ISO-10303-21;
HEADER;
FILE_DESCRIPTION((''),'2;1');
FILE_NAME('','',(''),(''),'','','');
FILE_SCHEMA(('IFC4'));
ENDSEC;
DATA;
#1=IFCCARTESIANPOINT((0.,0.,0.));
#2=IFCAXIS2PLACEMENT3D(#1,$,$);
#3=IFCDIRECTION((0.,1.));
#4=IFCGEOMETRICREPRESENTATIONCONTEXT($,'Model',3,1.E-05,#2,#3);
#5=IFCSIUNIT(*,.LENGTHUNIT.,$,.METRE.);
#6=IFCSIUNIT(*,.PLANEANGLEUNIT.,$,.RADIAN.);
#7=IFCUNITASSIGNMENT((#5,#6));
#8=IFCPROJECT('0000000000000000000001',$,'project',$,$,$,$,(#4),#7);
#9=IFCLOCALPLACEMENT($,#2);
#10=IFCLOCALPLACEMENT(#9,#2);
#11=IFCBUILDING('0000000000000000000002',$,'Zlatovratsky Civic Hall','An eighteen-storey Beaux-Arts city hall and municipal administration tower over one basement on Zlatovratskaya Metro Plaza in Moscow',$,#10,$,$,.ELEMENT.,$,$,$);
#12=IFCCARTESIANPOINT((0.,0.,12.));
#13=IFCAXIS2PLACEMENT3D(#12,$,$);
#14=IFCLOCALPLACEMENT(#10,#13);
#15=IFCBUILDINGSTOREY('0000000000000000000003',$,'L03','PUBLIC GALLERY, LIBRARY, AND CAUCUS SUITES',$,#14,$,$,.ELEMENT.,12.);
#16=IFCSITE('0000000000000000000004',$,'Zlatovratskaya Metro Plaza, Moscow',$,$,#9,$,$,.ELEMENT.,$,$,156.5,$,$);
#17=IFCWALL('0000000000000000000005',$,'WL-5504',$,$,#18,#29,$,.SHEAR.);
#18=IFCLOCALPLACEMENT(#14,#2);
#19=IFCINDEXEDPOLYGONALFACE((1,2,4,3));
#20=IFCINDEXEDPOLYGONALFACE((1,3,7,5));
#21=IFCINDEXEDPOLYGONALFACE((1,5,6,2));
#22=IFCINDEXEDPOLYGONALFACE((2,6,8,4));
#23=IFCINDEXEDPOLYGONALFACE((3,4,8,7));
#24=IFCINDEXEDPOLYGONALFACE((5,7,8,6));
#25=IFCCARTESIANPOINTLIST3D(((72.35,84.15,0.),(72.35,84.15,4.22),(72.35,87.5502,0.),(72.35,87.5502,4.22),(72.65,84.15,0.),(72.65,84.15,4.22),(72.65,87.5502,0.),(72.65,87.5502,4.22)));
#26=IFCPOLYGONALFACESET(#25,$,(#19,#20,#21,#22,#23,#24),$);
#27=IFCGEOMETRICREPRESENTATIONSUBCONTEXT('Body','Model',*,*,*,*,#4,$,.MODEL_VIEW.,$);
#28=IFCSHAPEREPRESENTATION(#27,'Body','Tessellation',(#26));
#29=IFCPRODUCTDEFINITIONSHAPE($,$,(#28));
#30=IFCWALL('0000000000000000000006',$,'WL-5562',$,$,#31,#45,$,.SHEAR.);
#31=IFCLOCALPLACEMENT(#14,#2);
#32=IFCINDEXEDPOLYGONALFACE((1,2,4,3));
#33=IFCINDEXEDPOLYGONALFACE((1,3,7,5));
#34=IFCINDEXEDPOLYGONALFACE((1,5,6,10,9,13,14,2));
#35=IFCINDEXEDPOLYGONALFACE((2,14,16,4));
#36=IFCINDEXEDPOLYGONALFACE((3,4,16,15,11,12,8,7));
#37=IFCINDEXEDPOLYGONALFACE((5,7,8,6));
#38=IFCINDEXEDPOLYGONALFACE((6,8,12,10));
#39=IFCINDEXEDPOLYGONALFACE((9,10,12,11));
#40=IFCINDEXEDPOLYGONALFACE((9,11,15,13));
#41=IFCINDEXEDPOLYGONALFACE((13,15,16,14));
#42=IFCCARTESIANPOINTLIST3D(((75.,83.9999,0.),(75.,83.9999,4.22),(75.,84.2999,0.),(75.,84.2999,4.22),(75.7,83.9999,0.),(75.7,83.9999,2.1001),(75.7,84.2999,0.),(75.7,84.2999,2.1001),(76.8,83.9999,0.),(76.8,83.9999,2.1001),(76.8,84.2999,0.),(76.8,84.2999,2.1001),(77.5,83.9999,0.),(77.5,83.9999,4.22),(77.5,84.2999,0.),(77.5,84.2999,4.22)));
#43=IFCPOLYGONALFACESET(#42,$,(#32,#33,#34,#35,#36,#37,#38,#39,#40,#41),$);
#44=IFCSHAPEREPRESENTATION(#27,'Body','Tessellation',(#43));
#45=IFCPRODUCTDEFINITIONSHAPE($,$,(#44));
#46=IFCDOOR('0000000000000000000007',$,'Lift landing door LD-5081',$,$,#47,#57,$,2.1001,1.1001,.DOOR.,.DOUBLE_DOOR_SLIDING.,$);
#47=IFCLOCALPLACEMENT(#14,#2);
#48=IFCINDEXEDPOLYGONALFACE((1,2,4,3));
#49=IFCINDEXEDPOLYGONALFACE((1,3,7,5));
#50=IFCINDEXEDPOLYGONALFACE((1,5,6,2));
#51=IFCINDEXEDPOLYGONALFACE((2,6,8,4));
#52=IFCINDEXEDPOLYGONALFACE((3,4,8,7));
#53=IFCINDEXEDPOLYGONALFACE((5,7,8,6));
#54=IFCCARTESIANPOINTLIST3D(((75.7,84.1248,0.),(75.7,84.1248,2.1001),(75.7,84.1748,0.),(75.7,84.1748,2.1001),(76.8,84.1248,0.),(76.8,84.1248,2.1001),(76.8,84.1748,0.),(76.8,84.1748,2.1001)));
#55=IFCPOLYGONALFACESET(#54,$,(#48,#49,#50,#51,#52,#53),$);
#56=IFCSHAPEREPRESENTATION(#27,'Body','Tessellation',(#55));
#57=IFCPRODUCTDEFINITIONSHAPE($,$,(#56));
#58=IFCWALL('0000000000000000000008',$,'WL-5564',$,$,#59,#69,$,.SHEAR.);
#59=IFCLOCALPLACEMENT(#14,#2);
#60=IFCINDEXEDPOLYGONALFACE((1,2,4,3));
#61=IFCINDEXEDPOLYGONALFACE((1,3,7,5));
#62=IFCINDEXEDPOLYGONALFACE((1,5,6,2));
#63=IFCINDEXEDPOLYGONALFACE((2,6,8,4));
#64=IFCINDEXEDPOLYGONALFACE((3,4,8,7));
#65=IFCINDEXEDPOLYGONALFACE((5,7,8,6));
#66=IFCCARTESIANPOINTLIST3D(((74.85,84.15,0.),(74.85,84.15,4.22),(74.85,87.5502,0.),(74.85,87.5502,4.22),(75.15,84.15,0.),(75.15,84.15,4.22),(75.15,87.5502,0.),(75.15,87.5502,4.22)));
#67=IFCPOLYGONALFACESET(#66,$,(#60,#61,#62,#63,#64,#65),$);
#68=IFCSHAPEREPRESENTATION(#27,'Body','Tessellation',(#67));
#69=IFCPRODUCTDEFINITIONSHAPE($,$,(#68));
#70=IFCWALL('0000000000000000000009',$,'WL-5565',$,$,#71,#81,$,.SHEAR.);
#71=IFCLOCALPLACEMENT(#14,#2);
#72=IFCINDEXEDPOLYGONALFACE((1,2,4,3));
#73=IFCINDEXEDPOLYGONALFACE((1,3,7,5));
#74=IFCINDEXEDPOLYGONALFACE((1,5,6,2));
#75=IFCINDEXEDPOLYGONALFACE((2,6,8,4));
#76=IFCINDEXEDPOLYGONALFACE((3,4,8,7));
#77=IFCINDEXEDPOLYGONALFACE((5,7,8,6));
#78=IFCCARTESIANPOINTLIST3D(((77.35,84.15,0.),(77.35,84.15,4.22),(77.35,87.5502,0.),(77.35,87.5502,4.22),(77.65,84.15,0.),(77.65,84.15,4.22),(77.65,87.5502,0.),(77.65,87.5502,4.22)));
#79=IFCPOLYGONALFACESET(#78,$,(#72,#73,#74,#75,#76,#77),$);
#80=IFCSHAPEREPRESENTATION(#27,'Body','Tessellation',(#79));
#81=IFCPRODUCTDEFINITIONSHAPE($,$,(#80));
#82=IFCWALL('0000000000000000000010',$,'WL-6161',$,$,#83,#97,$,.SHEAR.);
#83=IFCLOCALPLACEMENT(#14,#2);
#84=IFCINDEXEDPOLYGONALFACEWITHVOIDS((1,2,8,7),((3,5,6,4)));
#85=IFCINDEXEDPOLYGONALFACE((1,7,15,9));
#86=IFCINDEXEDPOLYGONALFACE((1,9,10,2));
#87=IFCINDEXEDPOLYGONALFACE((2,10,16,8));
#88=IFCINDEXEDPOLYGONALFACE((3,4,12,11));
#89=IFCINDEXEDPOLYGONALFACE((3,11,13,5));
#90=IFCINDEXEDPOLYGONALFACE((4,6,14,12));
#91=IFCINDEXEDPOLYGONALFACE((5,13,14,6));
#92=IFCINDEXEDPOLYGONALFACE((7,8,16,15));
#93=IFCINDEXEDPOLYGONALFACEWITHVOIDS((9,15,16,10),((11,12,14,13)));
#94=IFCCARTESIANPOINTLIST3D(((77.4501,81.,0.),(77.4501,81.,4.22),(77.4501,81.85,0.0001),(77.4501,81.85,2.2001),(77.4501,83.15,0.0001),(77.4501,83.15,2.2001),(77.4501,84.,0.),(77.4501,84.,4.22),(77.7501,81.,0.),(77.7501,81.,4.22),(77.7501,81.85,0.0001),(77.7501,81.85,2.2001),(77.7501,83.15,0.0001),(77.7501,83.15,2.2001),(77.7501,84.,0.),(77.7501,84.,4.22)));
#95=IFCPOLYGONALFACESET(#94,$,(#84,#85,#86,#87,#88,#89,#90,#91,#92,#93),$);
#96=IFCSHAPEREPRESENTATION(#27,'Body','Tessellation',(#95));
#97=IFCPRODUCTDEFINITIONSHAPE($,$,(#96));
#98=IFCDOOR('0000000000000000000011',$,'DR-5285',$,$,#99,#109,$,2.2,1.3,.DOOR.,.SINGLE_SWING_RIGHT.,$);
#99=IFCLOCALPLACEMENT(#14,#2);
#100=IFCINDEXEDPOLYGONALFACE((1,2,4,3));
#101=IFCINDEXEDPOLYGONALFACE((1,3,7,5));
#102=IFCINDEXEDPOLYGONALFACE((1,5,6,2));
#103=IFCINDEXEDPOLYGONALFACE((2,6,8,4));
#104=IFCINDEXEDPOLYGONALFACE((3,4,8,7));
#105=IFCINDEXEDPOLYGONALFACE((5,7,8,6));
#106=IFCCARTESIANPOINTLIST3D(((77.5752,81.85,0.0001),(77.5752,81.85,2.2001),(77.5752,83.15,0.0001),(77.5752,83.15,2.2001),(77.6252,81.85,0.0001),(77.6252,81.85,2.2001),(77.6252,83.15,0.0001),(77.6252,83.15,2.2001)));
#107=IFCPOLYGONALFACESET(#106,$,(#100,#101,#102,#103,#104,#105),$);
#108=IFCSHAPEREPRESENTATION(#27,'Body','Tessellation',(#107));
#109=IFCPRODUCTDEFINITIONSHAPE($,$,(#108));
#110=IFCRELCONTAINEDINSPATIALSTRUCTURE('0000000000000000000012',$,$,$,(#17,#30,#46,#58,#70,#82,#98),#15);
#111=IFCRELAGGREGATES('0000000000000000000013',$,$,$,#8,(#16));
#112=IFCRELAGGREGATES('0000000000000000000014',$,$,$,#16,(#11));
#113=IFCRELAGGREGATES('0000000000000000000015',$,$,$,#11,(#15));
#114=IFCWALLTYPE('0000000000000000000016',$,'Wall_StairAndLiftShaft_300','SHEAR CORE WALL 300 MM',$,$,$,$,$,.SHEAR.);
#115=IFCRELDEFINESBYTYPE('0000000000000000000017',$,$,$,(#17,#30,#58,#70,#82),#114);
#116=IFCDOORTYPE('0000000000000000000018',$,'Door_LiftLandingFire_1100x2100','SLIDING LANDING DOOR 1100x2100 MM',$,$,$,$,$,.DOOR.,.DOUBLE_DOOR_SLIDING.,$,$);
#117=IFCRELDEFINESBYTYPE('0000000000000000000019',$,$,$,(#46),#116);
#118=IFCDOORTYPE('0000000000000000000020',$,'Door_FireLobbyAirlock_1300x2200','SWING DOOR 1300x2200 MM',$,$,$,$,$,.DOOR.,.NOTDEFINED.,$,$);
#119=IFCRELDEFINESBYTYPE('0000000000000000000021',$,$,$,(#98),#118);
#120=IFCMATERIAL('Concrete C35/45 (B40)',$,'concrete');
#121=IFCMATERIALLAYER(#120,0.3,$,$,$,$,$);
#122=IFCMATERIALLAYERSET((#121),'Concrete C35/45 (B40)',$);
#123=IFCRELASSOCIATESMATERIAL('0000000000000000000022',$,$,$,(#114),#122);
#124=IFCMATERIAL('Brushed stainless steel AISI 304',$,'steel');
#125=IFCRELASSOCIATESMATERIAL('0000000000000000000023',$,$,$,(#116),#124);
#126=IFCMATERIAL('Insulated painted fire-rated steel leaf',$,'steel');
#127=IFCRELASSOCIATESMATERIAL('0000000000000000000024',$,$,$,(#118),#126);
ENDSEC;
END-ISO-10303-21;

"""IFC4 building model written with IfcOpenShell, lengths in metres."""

from ifc_helpers import new_model, si_unit, direction, frame, frame_2d, origin, place, context, subcontext, project, spatial, rectangle, extrude, material, layer, layer_set, type_object, element, fill, save


model = new_model("IFC4")

# Units and contexts
model_context = context("Model", 3, precision=1e-05, world=origin(), true_north=direction((0.0, 1.0)))
body_context = subcontext(model_context, "Body", "Model", "MODEL_VIEW")
ifc_project = project(units=[si_unit("LENGTHUNIT", "METRE"), si_unit("PLANEANGLEUNIT", "RADIAN")], contexts=[model_context])

# Site, building, storey
site_placement = place(None, origin())
site = spatial("IfcSite", under=ifc_project, at=site_placement, Name="Zlatovratskaya Metro Plaza, Moscow", CompositionType="ELEMENT", RefElevation=156.5)
building_placement = place(site_placement, origin())
building = spatial("IfcBuilding", under=site, at=building_placement, Name="Zlatovratsky Civic Hall", Description="An eighteen-storey Beaux-Arts city hall and municipal administration tower over one basement on Zlatovratskaya Metro Plaza in Moscow", CompositionType="ELEMENT")
storey_placement = place(building_placement, frame((0.0, 0.0, 12.0)))
storey = spatial("IfcBuildingStorey", under=building, at=storey_placement, Name="L03", Description="PUBLIC GALLERY, LIBRARY, AND CAUCUS SUITES", CompositionType="ELEMENT", Elevation=12.0)

# Shared definitions
ifc_material_1 = material(Name="Concrete C35/45 (B40)", Category="concrete")

# Shared definitions
ifc_layer_1 = layer(ifc_material_1, 0.3)
ifc_layer_set_1 = layer_set([ifc_layer_1], Name="Concrete C35/45 (B40)")
wall_type_1 = type_object("IfcWallType", Name="Wall_StairAndLiftShaft_300", Description="SHEAR CORE WALL 300 MM", PredefinedType="SHEAR", material=ifc_layer_set_1)
ifc_material_2 = material(Name="Brushed stainless steel AISI 304", Category="steel")
door_type_1 = type_object("IfcDoorType", Name="Door_LiftLandingFire_1100x2100", Description="SLIDING LANDING DOOR 1100x2100 MM", OperationType="DOUBLE_DOOR_SLIDING", PredefinedType="DOOR", material=ifc_material_2)

# Wall
wall_1_placement = place(storey_placement, frame((72.5, 84.1499, 0.0), z_axis=(0.0, 0.0, 1.0), x_axis=(0.0, 1.0, 0.0)))
element("IfcWall", 1, at=wall_1_placement, inside=storey, type_object=wall_type_1, Name="WL-5504", PredefinedType="SHEAR", context=body_context, shape_type="SweptSolid", body=[
    extrude(rectangle(XDim=3.4001, YDim=0.3, at=frame_2d((1.7002, 0.0))), origin(), (0.0, 0.0, 1.0), 4.22),
])

# Wall, opening, door
wall_2_placement = place(storey_placement, frame((75.0, 84.1499, 0.0), z_axis=(0.0, 0.0, 1.0), x_axis=(1.0, 0.0, 0.0)))
wall_2 = element("IfcWall", 2, at=wall_2_placement, inside=storey, type_object=wall_type_1, Name="WL-5562", PredefinedType="SHEAR", context=body_context, shape_type="SweptSolid", body=[
    extrude(rectangle(XDim=2.5, YDim=0.3, at=frame_2d((1.25, 0.0))), origin(), (0.0, 0.0, 1.0), 4.22),
])
opening_1_placement = place(wall_2_placement, frame((0.7, 0.0, 0.0)))
opening_1 = element("IfcOpeningElement", 3, at=opening_1_placement, cuts=wall_2, PredefinedType="OPENING", context=body_context, shape_type="SweptSolid", body=[
    extrude(rectangle(XDim=1.1001, YDim=2.1001, at=frame_2d((0.55, 1.05))), frame((0.0, 0.165, 0.0), z_axis=(0.0, -1.0, 0.0), x_axis=(1.0, 0.0, 0.0)), (0.0, 0.0, 1.0), 0.3298),
])
door_1_placement = place(opening_1_placement, origin())
door_1 = element("IfcDoor", 4, at=door_1_placement, inside=storey, type_object=door_type_1, Name="Lift landing door LD-5081", OperationType="DOUBLE_DOOR_SLIDING", OverallHeight=2.1001, OverallWidth=1.1001, PredefinedType="DOOR", context=body_context, shape_type="SweptSolid", body=[
    extrude(rectangle(XDim=1.1001, YDim=2.1001, at=frame_2d((0.55, 1.05))), frame((0.0, 0.0249, 0.0), z_axis=(0.0, -1.0, 0.0), x_axis=(1.0, 0.0, 0.0)), (0.0, 0.0, 1.0), 0.05),
])
fill(opening_1, door_1)

# Walls
for number, where, z_axis, x_axis, name in (
    (5, (75.0, 84.1499, 0.0), (0.0, 0.0, 1.0), (0.0, 1.0, 0.0), "WL-5564"),
    (6, (77.5, 84.1499, 0.0), (0.0, 0.0, 1.0), (0.0, 1.0, 0.0), "WL-5565"),
):
    element("IfcWall", number, at=place(storey_placement, frame(where, z_axis=z_axis, x_axis=x_axis)), inside=storey, type_object=wall_type_1, Name=name, PredefinedType="SHEAR", context=body_context, shape_type="SweptSolid", body=[
        extrude(rectangle(XDim=3.4001, YDim=0.3, at=frame_2d((1.7002, 0.0))), origin(), (0.0, 0.0, 1.0), 4.22),
    ])

# Wall, opening, door
wall_3_placement = place(storey_placement, frame((77.6001, 81.0, 0.0), z_axis=(0.0, 0.0, 1.0), x_axis=(0.0, 1.0, 0.0)))
wall_3 = element("IfcWall", 7, at=wall_3_placement, inside=storey, type_object=wall_type_1, Name="WL-6161", PredefinedType="SHEAR", context=body_context, shape_type="SweptSolid", body=[
    extrude(rectangle(XDim=3.0, YDim=0.3, at=frame_2d((1.5, 0.0))), origin(), (0.0, 0.0, 1.0), 4.22),
])
opening_2_placement = place(wall_3_placement, frame((0.8501, 0.0, 0.0)))
opening_2 = element("IfcOpeningElement", 8, at=opening_2_placement, cuts=wall_3, PredefinedType="OPENING", context=body_context, shape_type="SweptSolid", body=[
    extrude(rectangle(XDim=1.3, YDim=2.2, at=frame_2d((0.6499, 1.1001))), frame((0.0, 0.165, 0.0), z_axis=(0.0, -1.0, 0.0), x_axis=(1.0, 0.0, 0.0)), (0.0, 0.0, 1.0), 0.3298),
])
ifc_material_3 = material(Name="Insulated painted fire-rated steel leaf", Category="steel")
door_type_2 = type_object("IfcDoorType", Name="Door_FireLobbyAirlock_1300x2200", Description="SWING DOOR 1300x2200 MM", OperationType="NOTDEFINED", PredefinedType="DOOR", material=ifc_material_3)
door_2_placement = place(opening_2_placement, origin())
door_2 = element("IfcDoor", 9, at=door_2_placement, inside=storey, type_object=door_type_2, Name="DR-5285", OperationType="SINGLE_SWING_RIGHT", OverallHeight=2.2, OverallWidth=1.3, PredefinedType="DOOR", context=body_context, shape_type="SweptSolid", body=[
    extrude(rectangle(XDim=1.3, YDim=2.2, at=frame_2d((0.6499, 1.1001))), frame((0.0, 0.0249, 0.0), z_axis=(0.0, -1.0, 0.0), x_axis=(1.0, 0.0, 0.0)), (0.0, 0.0, 1.0), 0.05),
])
fill(opening_2, door_2)

save(model, "model.ifc")
